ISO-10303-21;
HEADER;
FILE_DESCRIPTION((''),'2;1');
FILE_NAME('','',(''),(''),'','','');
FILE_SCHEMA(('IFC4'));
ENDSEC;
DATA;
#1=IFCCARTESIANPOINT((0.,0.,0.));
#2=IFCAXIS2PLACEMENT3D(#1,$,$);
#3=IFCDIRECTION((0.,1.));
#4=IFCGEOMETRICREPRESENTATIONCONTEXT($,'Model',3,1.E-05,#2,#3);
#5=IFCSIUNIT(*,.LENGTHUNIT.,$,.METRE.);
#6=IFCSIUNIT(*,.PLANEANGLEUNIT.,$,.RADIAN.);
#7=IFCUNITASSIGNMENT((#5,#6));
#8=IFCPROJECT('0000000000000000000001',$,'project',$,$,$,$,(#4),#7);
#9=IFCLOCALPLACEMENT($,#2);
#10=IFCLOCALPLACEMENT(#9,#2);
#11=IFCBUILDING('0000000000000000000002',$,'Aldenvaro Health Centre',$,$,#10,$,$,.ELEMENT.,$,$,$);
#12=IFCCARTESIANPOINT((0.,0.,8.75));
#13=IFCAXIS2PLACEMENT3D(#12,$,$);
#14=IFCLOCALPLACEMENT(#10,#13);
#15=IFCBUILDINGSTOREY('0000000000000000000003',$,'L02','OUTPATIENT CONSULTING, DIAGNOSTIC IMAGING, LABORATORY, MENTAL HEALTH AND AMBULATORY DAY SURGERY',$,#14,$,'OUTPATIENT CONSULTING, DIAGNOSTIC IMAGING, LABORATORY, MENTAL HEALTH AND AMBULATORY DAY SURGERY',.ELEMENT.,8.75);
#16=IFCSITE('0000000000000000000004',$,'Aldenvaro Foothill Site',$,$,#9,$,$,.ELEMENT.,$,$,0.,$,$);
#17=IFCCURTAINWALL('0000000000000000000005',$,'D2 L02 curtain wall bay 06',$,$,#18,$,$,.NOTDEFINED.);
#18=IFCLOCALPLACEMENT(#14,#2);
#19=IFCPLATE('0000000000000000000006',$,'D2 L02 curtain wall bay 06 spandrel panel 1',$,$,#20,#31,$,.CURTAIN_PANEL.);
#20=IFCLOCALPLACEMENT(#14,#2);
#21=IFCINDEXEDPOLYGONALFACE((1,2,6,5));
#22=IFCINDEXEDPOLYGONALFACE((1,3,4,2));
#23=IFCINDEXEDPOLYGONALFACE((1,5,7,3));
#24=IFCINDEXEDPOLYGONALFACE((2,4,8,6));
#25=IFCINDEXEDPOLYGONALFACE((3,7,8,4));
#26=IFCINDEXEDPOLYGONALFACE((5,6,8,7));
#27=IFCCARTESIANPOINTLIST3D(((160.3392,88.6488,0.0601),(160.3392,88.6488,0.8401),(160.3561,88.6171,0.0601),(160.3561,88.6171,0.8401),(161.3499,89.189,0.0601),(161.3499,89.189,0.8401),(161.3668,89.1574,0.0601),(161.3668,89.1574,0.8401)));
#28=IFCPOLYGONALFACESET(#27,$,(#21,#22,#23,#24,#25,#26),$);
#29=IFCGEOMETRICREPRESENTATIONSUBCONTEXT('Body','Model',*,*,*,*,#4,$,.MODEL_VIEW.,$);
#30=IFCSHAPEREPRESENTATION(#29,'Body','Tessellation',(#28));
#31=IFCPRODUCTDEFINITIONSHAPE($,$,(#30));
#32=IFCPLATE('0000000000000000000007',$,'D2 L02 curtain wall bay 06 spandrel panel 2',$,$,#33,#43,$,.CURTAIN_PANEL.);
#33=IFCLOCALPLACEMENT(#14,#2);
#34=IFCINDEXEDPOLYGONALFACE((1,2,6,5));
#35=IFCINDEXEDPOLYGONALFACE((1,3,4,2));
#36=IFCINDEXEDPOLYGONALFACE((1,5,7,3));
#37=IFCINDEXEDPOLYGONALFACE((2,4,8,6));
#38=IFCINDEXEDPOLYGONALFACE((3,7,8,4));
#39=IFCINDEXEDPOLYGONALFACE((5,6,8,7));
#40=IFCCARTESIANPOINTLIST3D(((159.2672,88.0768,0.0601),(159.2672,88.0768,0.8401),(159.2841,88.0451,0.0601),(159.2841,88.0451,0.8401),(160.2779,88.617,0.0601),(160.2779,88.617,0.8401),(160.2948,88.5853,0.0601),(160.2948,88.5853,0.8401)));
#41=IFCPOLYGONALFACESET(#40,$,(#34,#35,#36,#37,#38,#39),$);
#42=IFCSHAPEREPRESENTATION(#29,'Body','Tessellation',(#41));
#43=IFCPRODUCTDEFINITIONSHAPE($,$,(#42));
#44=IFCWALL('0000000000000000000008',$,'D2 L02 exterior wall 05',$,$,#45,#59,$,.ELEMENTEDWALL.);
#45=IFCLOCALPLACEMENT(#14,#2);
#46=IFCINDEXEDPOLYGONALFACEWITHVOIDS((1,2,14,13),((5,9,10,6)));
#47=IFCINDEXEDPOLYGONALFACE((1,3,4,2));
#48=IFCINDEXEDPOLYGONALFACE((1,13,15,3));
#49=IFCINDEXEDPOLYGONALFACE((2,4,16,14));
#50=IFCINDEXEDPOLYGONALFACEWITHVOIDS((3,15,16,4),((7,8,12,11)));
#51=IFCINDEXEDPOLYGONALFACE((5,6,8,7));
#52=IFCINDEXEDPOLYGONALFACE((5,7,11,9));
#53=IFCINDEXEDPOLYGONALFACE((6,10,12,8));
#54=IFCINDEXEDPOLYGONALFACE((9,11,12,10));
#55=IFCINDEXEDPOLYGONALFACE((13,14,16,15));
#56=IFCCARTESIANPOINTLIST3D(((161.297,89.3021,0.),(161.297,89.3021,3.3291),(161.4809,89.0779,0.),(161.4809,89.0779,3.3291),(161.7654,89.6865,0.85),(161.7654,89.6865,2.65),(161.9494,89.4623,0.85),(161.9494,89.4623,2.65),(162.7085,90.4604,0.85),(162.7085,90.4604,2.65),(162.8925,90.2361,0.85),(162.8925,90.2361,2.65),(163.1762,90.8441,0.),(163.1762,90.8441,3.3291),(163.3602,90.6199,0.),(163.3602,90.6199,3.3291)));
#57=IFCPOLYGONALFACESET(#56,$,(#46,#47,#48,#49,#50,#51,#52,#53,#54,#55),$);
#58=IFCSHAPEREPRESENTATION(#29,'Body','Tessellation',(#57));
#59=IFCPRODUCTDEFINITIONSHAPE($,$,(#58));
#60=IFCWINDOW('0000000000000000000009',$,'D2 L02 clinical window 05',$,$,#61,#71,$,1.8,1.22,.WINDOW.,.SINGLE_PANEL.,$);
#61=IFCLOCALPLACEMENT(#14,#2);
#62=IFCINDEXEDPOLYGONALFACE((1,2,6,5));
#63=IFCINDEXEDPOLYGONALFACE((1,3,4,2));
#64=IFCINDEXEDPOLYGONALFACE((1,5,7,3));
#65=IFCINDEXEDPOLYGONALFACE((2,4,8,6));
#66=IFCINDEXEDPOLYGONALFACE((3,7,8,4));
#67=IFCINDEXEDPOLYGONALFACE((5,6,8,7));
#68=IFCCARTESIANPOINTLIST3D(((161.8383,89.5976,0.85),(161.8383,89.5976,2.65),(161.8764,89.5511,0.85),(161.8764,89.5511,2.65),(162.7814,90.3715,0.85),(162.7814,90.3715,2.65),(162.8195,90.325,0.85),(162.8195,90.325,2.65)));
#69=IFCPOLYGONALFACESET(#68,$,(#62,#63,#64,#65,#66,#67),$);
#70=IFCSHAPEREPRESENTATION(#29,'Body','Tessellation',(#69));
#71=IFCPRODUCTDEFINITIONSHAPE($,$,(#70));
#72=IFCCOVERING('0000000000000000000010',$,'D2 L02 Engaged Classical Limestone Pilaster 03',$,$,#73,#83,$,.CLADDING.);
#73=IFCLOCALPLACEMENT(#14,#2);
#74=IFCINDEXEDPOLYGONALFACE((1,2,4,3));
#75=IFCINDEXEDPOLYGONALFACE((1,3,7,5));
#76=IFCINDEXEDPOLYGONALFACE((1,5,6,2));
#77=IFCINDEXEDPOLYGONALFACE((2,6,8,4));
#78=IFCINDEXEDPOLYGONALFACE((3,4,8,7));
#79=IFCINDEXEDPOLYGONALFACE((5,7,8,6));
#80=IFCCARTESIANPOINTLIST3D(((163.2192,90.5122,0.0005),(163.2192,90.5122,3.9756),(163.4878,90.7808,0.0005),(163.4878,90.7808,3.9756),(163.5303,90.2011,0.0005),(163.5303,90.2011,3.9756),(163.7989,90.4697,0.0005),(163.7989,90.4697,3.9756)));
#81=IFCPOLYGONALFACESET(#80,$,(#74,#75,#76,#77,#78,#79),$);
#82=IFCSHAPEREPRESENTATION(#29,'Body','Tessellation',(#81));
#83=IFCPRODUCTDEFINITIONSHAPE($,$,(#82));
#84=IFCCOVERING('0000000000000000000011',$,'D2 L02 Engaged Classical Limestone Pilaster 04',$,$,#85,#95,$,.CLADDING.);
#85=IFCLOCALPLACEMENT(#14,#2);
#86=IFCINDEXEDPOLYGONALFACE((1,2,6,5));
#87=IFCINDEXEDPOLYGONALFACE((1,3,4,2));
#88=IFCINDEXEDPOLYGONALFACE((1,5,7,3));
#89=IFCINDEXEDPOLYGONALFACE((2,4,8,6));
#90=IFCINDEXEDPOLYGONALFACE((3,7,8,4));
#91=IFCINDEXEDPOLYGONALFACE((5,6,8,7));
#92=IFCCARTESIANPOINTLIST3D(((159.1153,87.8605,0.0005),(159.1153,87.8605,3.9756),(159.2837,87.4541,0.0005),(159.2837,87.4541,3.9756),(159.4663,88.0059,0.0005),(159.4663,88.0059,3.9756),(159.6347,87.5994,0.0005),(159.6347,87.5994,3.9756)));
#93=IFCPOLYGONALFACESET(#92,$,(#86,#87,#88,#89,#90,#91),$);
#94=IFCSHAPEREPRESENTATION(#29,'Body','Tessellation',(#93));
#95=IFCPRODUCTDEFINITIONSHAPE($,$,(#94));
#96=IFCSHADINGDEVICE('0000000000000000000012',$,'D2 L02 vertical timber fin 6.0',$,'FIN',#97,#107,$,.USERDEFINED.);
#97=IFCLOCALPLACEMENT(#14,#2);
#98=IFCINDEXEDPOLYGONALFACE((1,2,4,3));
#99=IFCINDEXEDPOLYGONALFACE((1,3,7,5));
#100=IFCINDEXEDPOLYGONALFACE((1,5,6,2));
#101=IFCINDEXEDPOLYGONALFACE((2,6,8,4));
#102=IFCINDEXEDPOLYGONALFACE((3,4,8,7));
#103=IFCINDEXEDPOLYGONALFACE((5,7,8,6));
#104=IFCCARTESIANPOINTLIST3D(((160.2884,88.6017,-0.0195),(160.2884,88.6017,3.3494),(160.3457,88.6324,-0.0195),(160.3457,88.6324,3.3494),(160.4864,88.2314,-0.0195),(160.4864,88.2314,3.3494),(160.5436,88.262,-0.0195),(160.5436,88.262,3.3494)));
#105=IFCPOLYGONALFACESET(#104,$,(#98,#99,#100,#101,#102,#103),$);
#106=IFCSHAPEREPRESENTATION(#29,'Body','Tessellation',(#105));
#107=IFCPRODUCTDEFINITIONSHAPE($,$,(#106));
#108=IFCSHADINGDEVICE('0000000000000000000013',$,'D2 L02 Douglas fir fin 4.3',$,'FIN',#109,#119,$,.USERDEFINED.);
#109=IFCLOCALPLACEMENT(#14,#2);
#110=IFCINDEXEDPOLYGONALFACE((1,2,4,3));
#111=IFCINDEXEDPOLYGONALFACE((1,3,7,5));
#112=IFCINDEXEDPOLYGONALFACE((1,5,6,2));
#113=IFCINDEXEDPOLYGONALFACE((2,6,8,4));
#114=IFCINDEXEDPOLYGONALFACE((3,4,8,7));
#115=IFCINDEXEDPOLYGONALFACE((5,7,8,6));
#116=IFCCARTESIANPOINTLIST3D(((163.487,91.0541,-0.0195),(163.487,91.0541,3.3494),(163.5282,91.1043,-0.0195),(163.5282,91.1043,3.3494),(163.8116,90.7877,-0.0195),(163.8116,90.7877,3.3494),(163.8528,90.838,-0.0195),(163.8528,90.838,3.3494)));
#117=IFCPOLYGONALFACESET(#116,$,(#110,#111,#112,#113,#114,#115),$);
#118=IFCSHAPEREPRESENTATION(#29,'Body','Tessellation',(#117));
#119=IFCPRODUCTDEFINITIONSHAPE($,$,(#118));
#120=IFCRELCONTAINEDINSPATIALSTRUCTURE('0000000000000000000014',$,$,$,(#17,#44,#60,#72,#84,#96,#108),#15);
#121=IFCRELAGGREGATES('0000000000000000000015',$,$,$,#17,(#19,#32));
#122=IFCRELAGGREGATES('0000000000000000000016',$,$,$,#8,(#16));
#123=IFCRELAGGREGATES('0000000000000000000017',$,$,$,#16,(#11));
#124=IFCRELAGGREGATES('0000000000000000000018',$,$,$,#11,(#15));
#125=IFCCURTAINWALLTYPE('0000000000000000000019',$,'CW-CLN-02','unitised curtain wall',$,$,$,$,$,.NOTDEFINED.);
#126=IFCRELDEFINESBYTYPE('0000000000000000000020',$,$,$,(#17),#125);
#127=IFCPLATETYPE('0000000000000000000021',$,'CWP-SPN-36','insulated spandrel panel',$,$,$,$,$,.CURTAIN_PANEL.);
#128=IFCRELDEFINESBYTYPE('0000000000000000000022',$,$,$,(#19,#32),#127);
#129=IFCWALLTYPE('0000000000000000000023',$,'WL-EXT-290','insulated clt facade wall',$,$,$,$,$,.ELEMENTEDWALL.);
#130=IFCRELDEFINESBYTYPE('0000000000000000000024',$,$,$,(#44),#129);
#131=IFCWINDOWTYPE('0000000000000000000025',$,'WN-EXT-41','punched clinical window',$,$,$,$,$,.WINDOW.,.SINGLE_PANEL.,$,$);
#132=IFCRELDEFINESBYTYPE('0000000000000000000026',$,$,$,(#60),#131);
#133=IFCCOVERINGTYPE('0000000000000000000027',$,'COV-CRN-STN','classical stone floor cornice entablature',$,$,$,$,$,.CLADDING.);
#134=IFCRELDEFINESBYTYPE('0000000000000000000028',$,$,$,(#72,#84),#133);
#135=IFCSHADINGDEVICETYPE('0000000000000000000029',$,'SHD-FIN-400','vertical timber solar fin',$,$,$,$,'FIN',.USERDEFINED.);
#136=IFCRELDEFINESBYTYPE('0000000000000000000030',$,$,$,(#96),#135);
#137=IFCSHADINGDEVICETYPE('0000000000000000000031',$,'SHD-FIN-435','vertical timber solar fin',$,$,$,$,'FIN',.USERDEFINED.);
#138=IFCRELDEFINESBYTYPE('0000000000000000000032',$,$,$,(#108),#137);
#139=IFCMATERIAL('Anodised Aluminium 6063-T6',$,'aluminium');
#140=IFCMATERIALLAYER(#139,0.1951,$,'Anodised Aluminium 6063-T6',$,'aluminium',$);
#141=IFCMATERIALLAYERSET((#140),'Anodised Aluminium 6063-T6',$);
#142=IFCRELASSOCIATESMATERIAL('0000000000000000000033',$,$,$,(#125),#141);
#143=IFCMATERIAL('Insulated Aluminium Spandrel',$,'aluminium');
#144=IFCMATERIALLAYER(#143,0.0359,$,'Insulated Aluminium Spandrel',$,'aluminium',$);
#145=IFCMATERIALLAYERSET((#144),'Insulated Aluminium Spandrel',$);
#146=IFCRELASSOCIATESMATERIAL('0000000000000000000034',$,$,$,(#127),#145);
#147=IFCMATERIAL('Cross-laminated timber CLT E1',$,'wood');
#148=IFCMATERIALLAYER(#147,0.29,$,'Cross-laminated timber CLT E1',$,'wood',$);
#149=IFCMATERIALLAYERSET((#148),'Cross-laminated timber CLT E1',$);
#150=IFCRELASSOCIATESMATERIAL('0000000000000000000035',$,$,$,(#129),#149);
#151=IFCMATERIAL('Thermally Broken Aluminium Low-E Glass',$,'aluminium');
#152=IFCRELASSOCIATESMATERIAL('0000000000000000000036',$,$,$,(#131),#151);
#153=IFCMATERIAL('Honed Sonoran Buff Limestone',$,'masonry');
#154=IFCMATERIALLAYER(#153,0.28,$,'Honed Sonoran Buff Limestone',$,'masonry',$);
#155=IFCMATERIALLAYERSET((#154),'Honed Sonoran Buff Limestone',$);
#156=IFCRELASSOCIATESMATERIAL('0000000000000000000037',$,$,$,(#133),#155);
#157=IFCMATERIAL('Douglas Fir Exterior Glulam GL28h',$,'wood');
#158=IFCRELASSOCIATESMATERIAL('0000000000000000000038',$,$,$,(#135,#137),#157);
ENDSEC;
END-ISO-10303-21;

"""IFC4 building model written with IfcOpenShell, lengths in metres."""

from ifc_helpers import new_model, si_unit, direction, frame, frame_2d, origin, origin_2d, place, context, subcontext, project, spatial, rectangle, extrude, material, layer, layer_set, type_object, element, fill, aggregate, save


model = new_model("IFC4")

# Units and contexts
model_context = context("Model", 3, precision=1e-05, world=origin(), true_north=direction((0.0, 1.0)))
body_context = subcontext(model_context, "Body", "Model", "MODEL_VIEW")
ifc_project = project(units=[si_unit("LENGTHUNIT", "METRE"), si_unit("PLANEANGLEUNIT", "RADIAN")], contexts=[model_context])

# Site, building, storey
site_placement = place(None, origin())
site = spatial("IfcSite", under=ifc_project, at=site_placement, Name="Aldenvaro Foothill Site", CompositionType="ELEMENT", RefElevation=0.0)
building_placement = place(site_placement, origin())
building = spatial("IfcBuilding", under=site, at=building_placement, Name="Aldenvaro Health Centre", CompositionType="ELEMENT")
storey_placement = place(building_placement, frame((0.0, 0.0, 8.75)))
storey = spatial("IfcBuildingStorey", under=building, at=storey_placement, Name="L02", Description="OUTPATIENT CONSULTING, DIAGNOSTIC IMAGING, LABORATORY, MENTAL HEALTH AND AMBULATORY DAY SURGERY", LongName="OUTPATIENT CONSULTING, DIAGNOSTIC IMAGING, LABORATORY, MENTAL HEALTH AND AMBULATORY DAY SURGERY", CompositionType="ELEMENT", Elevation=8.75)

# Curtain wall
ifc_material_1 = material(Name="Anodised Aluminium 6063-T6", Category="aluminium")
ifc_layer_1 = layer(ifc_material_1, 0.1951, Name="Anodised Aluminium 6063-T6", Category="aluminium")
ifc_layer_set_1 = layer_set([ifc_layer_1], Name="Anodised Aluminium 6063-T6")
curtain_wall_type = type_object("IfcCurtainWallType", Name="CW-CLN-02", Description="unitised curtain wall", PredefinedType="NOTDEFINED", material=ifc_layer_set_1)
curtain_wall_placement = place(storey_placement, origin())
curtain_wall = element("IfcCurtainWall", 1, at=curtain_wall_placement, inside=storey, type_object=curtain_wall_type, Name="D2 L02 curtain wall bay 06", PredefinedType="NOTDEFINED")

# Plates
ifc_material_2 = material(Name="Insulated Aluminium Spandrel", Category="aluminium")
ifc_layer_2 = layer(ifc_material_2, 0.0359, Name="Insulated Aluminium Spandrel", Category="aluminium")
ifc_layer_set_2 = layer_set([ifc_layer_2], Name="Insulated Aluminium Spandrel")
plate_type_1 = type_object("IfcPlateType", Name="CWP-SPN-36", Description="insulated spandrel panel", PredefinedType="CURTAIN_PANEL", material=ifc_layer_set_2)
plate_1_placement = place(storey_placement, frame((160.853, 88.9031, 0.0601), z_axis=(0.0, 0.0, 1.0), x_axis=(-0.88192, -0.471399, 0.0)))
plate_1 = element("IfcPlate", 2, at=plate_1_placement, type_object=plate_type_1, Name="D2 L02 curtain wall bay 06 spandrel panel 1", PredefinedType="CURTAIN_PANEL", context=body_context, shape_type="SweptSolid", body=[
    extrude(rectangle(XDim=1.146, YDim=0.0359, at=origin_2d()), origin(), (0.0, 0.0, 1.0), 0.78),
])
plate_2_placement = place(storey_placement, frame((159.781, 88.3311, 0.0601), z_axis=(0.0, 0.0, 1.0), x_axis=(-0.88192, -0.471399, 0.0)))
plate_2 = element("IfcPlate", 3, at=plate_2_placement, type_object=plate_type_1, Name="D2 L02 curtain wall bay 06 spandrel panel 2", PredefinedType="CURTAIN_PANEL", context=body_context, shape_type="SweptSolid", body=[
    extrude(rectangle(XDim=1.146, YDim=0.0359, at=origin_2d()), origin(), (0.0, 0.0, 1.0), 0.78),
])
aggregate(curtain_wall, [plate_1, plate_2])

# Wall, opening, window
ifc_material_3 = material(Name="Cross-laminated timber CLT E1", Category="wood")
ifc_layer_3 = layer(ifc_material_3, 0.29, Name="Cross-laminated timber CLT E1", Category="wood")
ifc_layer_set_3 = layer_set([ifc_layer_3], Name="Cross-laminated timber CLT E1")
wall_type = type_object("IfcWallType", Name="WL-EXT-290", Description="insulated clt facade wall", PredefinedType="ELEMENTEDWALL", material=ifc_layer_set_3)
wall_placement = place(storey_placement, frame((163.2681, 90.7319, 0.0), z_axis=(0.0, 0.0, 1.0), x_axis=(-0.773048, -0.634347, 0.0)))
wall = element("IfcWall", 4, at=wall_placement, inside=storey, type_object=wall_type, Name="D2 L02 exterior wall 05", PredefinedType="ELEMENTEDWALL", context=body_context, shape_type="SweptSolid", body=[
    extrude(rectangle(XDim=2.4309, YDim=0.29, at=frame_2d((1.2153, 0.0))), origin(), (0.0, 0.0, 1.0), 3.3291),
])
opening_placement = place(wall_placement, frame((0.605, 0.0, 0.8501)))
opening = element("IfcOpeningElement", 5, at=opening_placement, cuts=wall, PredefinedType="OPENING", context=body_context, shape_type="SweptSolid", body=[
    extrude(rectangle(XDim=1.22, YDim=1.8, at=frame_2d((0.6099, 0.8999))), frame((0.0, 0.155, 0.0), z_axis=(0.0, -1.0, 0.0), x_axis=(1.0, 0.0, 0.0)), (0.0, 0.0, 1.0), 0.3101),
])
ifc_material_4 = material(Name="Thermally Broken Aluminium Low-E Glass", Category="aluminium")
window_type = type_object("IfcWindowType", Name="WN-EXT-41", Description="punched clinical window", PartitioningType="SINGLE_PANEL", PredefinedType="WINDOW", material=ifc_material_4)
window_placement = place(opening_placement, origin())
window = element("IfcWindow", 6, at=window_placement, inside=storey, type_object=window_type, Name="D2 L02 clinical window 05", OverallHeight=1.8, OverallWidth=1.22, PartitioningType="SINGLE_PANEL", PredefinedType="WINDOW", context=body_context, shape_type="SweptSolid", body=[
    extrude(rectangle(XDim=1.22, YDim=1.8, at=frame_2d((0.6099, 0.8999))), frame((0.0, 0.03, 0.0), z_axis=(0.0, -1.0, 0.0), x_axis=(1.0, 0.0, 0.0)), (0.0, 0.0, 1.0), 0.0601),
])
fill(opening, window)

# Coverings
ifc_material_5 = material(Name="Honed Sonoran Buff Limestone", Category="masonry")
ifc_layer_4 = layer(ifc_material_5, 0.28, Name="Honed Sonoran Buff Limestone", Category="masonry")
ifc_layer_set_4 = layer_set([ifc_layer_4], Name="Honed Sonoran Buff Limestone")
covering_type = type_object("IfcCoveringType", Name="COV-CRN-STN", Description="classical stone floor cornice entablature", PredefinedType="CLADDING", material=ifc_layer_set_4)
for number, where, z_axis, x_axis, name in (
    (7, (163.509, 90.491, 0.0005), (0.0, 0.0, 1.0), (0.707107, -0.707107, 0.0), "D2 L02 Engaged Classical Limestone Pilaster 03"),
    (8, (159.375, 87.73, 0.0005), (0.0, 0.0, 1.0), (0.382668, -0.923886, 0.0), "D2 L02 Engaged Classical Limestone Pilaster 04"),
):
    element("IfcCovering", number, at=place(storey_placement, frame(where, z_axis=z_axis, x_axis=x_axis)), inside=storey, type_object=covering_type, Name=name, PredefinedType="CLADDING", context=body_context, shape_type="SweptSolid", body=[
        extrude(rectangle(XDim=0.4399, YDim=0.3799, at=origin_2d()), origin(), (0.0, 0.0, 1.0), 3.9751),
    ])

# Shading devices
ifc_material_6 = material(Name="Douglas Fir Exterior Glulam GL28h", Category="wood")
shading_device_type_1 = type_object("IfcShadingDeviceType", Name="SHD-FIN-400", Description="vertical timber solar fin", ElementType="FIN", PredefinedType="USERDEFINED", material=ifc_material_6)
shading_device_1_placement = place(storey_placement, frame((160.416, 88.4319, -0.0195), z_axis=(0.0, 0.0, 1.0), x_axis=(-0.88192, -0.471399, 0.0)))
element("IfcShadingDevice", 9, at=shading_device_1_placement, inside=storey, type_object=shading_device_type_1, Name="D2 L02 vertical timber fin 6.0", ObjectType="FIN", PredefinedType="USERDEFINED", context=body_context, shape_type="SweptSolid", body=[
    extrude(rectangle(XDim=0.0649, YDim=0.4199, at=origin_2d()), origin(), (0.0, 0.0, 1.0), 3.3689),
])
shading_device_type_2 = type_object("IfcShadingDeviceType", Name="SHD-FIN-435", Description="vertical timber solar fin", ElementType="FIN", PredefinedType="USERDEFINED", material=ifc_material_6)
shading_device_2_placement = place(storey_placement, frame((163.6699, 90.946, -0.0195), z_axis=(0.0, 0.0, 1.0), x_axis=(-0.63438, -0.773022, 0.0)))
element("IfcShadingDevice", 10, at=shading_device_2_placement, inside=storey, type_object=shading_device_type_2, Name="D2 L02 Douglas fir fin 4.3", ObjectType="FIN", PredefinedType="USERDEFINED", context=body_context, shape_type="SweptSolid", body=[
    extrude(rectangle(XDim=0.0649, YDim=0.4199, at=origin_2d()), origin(), (0.0, 0.0, 1.0), 3.3689),
])

save(model, "model.ifc")
